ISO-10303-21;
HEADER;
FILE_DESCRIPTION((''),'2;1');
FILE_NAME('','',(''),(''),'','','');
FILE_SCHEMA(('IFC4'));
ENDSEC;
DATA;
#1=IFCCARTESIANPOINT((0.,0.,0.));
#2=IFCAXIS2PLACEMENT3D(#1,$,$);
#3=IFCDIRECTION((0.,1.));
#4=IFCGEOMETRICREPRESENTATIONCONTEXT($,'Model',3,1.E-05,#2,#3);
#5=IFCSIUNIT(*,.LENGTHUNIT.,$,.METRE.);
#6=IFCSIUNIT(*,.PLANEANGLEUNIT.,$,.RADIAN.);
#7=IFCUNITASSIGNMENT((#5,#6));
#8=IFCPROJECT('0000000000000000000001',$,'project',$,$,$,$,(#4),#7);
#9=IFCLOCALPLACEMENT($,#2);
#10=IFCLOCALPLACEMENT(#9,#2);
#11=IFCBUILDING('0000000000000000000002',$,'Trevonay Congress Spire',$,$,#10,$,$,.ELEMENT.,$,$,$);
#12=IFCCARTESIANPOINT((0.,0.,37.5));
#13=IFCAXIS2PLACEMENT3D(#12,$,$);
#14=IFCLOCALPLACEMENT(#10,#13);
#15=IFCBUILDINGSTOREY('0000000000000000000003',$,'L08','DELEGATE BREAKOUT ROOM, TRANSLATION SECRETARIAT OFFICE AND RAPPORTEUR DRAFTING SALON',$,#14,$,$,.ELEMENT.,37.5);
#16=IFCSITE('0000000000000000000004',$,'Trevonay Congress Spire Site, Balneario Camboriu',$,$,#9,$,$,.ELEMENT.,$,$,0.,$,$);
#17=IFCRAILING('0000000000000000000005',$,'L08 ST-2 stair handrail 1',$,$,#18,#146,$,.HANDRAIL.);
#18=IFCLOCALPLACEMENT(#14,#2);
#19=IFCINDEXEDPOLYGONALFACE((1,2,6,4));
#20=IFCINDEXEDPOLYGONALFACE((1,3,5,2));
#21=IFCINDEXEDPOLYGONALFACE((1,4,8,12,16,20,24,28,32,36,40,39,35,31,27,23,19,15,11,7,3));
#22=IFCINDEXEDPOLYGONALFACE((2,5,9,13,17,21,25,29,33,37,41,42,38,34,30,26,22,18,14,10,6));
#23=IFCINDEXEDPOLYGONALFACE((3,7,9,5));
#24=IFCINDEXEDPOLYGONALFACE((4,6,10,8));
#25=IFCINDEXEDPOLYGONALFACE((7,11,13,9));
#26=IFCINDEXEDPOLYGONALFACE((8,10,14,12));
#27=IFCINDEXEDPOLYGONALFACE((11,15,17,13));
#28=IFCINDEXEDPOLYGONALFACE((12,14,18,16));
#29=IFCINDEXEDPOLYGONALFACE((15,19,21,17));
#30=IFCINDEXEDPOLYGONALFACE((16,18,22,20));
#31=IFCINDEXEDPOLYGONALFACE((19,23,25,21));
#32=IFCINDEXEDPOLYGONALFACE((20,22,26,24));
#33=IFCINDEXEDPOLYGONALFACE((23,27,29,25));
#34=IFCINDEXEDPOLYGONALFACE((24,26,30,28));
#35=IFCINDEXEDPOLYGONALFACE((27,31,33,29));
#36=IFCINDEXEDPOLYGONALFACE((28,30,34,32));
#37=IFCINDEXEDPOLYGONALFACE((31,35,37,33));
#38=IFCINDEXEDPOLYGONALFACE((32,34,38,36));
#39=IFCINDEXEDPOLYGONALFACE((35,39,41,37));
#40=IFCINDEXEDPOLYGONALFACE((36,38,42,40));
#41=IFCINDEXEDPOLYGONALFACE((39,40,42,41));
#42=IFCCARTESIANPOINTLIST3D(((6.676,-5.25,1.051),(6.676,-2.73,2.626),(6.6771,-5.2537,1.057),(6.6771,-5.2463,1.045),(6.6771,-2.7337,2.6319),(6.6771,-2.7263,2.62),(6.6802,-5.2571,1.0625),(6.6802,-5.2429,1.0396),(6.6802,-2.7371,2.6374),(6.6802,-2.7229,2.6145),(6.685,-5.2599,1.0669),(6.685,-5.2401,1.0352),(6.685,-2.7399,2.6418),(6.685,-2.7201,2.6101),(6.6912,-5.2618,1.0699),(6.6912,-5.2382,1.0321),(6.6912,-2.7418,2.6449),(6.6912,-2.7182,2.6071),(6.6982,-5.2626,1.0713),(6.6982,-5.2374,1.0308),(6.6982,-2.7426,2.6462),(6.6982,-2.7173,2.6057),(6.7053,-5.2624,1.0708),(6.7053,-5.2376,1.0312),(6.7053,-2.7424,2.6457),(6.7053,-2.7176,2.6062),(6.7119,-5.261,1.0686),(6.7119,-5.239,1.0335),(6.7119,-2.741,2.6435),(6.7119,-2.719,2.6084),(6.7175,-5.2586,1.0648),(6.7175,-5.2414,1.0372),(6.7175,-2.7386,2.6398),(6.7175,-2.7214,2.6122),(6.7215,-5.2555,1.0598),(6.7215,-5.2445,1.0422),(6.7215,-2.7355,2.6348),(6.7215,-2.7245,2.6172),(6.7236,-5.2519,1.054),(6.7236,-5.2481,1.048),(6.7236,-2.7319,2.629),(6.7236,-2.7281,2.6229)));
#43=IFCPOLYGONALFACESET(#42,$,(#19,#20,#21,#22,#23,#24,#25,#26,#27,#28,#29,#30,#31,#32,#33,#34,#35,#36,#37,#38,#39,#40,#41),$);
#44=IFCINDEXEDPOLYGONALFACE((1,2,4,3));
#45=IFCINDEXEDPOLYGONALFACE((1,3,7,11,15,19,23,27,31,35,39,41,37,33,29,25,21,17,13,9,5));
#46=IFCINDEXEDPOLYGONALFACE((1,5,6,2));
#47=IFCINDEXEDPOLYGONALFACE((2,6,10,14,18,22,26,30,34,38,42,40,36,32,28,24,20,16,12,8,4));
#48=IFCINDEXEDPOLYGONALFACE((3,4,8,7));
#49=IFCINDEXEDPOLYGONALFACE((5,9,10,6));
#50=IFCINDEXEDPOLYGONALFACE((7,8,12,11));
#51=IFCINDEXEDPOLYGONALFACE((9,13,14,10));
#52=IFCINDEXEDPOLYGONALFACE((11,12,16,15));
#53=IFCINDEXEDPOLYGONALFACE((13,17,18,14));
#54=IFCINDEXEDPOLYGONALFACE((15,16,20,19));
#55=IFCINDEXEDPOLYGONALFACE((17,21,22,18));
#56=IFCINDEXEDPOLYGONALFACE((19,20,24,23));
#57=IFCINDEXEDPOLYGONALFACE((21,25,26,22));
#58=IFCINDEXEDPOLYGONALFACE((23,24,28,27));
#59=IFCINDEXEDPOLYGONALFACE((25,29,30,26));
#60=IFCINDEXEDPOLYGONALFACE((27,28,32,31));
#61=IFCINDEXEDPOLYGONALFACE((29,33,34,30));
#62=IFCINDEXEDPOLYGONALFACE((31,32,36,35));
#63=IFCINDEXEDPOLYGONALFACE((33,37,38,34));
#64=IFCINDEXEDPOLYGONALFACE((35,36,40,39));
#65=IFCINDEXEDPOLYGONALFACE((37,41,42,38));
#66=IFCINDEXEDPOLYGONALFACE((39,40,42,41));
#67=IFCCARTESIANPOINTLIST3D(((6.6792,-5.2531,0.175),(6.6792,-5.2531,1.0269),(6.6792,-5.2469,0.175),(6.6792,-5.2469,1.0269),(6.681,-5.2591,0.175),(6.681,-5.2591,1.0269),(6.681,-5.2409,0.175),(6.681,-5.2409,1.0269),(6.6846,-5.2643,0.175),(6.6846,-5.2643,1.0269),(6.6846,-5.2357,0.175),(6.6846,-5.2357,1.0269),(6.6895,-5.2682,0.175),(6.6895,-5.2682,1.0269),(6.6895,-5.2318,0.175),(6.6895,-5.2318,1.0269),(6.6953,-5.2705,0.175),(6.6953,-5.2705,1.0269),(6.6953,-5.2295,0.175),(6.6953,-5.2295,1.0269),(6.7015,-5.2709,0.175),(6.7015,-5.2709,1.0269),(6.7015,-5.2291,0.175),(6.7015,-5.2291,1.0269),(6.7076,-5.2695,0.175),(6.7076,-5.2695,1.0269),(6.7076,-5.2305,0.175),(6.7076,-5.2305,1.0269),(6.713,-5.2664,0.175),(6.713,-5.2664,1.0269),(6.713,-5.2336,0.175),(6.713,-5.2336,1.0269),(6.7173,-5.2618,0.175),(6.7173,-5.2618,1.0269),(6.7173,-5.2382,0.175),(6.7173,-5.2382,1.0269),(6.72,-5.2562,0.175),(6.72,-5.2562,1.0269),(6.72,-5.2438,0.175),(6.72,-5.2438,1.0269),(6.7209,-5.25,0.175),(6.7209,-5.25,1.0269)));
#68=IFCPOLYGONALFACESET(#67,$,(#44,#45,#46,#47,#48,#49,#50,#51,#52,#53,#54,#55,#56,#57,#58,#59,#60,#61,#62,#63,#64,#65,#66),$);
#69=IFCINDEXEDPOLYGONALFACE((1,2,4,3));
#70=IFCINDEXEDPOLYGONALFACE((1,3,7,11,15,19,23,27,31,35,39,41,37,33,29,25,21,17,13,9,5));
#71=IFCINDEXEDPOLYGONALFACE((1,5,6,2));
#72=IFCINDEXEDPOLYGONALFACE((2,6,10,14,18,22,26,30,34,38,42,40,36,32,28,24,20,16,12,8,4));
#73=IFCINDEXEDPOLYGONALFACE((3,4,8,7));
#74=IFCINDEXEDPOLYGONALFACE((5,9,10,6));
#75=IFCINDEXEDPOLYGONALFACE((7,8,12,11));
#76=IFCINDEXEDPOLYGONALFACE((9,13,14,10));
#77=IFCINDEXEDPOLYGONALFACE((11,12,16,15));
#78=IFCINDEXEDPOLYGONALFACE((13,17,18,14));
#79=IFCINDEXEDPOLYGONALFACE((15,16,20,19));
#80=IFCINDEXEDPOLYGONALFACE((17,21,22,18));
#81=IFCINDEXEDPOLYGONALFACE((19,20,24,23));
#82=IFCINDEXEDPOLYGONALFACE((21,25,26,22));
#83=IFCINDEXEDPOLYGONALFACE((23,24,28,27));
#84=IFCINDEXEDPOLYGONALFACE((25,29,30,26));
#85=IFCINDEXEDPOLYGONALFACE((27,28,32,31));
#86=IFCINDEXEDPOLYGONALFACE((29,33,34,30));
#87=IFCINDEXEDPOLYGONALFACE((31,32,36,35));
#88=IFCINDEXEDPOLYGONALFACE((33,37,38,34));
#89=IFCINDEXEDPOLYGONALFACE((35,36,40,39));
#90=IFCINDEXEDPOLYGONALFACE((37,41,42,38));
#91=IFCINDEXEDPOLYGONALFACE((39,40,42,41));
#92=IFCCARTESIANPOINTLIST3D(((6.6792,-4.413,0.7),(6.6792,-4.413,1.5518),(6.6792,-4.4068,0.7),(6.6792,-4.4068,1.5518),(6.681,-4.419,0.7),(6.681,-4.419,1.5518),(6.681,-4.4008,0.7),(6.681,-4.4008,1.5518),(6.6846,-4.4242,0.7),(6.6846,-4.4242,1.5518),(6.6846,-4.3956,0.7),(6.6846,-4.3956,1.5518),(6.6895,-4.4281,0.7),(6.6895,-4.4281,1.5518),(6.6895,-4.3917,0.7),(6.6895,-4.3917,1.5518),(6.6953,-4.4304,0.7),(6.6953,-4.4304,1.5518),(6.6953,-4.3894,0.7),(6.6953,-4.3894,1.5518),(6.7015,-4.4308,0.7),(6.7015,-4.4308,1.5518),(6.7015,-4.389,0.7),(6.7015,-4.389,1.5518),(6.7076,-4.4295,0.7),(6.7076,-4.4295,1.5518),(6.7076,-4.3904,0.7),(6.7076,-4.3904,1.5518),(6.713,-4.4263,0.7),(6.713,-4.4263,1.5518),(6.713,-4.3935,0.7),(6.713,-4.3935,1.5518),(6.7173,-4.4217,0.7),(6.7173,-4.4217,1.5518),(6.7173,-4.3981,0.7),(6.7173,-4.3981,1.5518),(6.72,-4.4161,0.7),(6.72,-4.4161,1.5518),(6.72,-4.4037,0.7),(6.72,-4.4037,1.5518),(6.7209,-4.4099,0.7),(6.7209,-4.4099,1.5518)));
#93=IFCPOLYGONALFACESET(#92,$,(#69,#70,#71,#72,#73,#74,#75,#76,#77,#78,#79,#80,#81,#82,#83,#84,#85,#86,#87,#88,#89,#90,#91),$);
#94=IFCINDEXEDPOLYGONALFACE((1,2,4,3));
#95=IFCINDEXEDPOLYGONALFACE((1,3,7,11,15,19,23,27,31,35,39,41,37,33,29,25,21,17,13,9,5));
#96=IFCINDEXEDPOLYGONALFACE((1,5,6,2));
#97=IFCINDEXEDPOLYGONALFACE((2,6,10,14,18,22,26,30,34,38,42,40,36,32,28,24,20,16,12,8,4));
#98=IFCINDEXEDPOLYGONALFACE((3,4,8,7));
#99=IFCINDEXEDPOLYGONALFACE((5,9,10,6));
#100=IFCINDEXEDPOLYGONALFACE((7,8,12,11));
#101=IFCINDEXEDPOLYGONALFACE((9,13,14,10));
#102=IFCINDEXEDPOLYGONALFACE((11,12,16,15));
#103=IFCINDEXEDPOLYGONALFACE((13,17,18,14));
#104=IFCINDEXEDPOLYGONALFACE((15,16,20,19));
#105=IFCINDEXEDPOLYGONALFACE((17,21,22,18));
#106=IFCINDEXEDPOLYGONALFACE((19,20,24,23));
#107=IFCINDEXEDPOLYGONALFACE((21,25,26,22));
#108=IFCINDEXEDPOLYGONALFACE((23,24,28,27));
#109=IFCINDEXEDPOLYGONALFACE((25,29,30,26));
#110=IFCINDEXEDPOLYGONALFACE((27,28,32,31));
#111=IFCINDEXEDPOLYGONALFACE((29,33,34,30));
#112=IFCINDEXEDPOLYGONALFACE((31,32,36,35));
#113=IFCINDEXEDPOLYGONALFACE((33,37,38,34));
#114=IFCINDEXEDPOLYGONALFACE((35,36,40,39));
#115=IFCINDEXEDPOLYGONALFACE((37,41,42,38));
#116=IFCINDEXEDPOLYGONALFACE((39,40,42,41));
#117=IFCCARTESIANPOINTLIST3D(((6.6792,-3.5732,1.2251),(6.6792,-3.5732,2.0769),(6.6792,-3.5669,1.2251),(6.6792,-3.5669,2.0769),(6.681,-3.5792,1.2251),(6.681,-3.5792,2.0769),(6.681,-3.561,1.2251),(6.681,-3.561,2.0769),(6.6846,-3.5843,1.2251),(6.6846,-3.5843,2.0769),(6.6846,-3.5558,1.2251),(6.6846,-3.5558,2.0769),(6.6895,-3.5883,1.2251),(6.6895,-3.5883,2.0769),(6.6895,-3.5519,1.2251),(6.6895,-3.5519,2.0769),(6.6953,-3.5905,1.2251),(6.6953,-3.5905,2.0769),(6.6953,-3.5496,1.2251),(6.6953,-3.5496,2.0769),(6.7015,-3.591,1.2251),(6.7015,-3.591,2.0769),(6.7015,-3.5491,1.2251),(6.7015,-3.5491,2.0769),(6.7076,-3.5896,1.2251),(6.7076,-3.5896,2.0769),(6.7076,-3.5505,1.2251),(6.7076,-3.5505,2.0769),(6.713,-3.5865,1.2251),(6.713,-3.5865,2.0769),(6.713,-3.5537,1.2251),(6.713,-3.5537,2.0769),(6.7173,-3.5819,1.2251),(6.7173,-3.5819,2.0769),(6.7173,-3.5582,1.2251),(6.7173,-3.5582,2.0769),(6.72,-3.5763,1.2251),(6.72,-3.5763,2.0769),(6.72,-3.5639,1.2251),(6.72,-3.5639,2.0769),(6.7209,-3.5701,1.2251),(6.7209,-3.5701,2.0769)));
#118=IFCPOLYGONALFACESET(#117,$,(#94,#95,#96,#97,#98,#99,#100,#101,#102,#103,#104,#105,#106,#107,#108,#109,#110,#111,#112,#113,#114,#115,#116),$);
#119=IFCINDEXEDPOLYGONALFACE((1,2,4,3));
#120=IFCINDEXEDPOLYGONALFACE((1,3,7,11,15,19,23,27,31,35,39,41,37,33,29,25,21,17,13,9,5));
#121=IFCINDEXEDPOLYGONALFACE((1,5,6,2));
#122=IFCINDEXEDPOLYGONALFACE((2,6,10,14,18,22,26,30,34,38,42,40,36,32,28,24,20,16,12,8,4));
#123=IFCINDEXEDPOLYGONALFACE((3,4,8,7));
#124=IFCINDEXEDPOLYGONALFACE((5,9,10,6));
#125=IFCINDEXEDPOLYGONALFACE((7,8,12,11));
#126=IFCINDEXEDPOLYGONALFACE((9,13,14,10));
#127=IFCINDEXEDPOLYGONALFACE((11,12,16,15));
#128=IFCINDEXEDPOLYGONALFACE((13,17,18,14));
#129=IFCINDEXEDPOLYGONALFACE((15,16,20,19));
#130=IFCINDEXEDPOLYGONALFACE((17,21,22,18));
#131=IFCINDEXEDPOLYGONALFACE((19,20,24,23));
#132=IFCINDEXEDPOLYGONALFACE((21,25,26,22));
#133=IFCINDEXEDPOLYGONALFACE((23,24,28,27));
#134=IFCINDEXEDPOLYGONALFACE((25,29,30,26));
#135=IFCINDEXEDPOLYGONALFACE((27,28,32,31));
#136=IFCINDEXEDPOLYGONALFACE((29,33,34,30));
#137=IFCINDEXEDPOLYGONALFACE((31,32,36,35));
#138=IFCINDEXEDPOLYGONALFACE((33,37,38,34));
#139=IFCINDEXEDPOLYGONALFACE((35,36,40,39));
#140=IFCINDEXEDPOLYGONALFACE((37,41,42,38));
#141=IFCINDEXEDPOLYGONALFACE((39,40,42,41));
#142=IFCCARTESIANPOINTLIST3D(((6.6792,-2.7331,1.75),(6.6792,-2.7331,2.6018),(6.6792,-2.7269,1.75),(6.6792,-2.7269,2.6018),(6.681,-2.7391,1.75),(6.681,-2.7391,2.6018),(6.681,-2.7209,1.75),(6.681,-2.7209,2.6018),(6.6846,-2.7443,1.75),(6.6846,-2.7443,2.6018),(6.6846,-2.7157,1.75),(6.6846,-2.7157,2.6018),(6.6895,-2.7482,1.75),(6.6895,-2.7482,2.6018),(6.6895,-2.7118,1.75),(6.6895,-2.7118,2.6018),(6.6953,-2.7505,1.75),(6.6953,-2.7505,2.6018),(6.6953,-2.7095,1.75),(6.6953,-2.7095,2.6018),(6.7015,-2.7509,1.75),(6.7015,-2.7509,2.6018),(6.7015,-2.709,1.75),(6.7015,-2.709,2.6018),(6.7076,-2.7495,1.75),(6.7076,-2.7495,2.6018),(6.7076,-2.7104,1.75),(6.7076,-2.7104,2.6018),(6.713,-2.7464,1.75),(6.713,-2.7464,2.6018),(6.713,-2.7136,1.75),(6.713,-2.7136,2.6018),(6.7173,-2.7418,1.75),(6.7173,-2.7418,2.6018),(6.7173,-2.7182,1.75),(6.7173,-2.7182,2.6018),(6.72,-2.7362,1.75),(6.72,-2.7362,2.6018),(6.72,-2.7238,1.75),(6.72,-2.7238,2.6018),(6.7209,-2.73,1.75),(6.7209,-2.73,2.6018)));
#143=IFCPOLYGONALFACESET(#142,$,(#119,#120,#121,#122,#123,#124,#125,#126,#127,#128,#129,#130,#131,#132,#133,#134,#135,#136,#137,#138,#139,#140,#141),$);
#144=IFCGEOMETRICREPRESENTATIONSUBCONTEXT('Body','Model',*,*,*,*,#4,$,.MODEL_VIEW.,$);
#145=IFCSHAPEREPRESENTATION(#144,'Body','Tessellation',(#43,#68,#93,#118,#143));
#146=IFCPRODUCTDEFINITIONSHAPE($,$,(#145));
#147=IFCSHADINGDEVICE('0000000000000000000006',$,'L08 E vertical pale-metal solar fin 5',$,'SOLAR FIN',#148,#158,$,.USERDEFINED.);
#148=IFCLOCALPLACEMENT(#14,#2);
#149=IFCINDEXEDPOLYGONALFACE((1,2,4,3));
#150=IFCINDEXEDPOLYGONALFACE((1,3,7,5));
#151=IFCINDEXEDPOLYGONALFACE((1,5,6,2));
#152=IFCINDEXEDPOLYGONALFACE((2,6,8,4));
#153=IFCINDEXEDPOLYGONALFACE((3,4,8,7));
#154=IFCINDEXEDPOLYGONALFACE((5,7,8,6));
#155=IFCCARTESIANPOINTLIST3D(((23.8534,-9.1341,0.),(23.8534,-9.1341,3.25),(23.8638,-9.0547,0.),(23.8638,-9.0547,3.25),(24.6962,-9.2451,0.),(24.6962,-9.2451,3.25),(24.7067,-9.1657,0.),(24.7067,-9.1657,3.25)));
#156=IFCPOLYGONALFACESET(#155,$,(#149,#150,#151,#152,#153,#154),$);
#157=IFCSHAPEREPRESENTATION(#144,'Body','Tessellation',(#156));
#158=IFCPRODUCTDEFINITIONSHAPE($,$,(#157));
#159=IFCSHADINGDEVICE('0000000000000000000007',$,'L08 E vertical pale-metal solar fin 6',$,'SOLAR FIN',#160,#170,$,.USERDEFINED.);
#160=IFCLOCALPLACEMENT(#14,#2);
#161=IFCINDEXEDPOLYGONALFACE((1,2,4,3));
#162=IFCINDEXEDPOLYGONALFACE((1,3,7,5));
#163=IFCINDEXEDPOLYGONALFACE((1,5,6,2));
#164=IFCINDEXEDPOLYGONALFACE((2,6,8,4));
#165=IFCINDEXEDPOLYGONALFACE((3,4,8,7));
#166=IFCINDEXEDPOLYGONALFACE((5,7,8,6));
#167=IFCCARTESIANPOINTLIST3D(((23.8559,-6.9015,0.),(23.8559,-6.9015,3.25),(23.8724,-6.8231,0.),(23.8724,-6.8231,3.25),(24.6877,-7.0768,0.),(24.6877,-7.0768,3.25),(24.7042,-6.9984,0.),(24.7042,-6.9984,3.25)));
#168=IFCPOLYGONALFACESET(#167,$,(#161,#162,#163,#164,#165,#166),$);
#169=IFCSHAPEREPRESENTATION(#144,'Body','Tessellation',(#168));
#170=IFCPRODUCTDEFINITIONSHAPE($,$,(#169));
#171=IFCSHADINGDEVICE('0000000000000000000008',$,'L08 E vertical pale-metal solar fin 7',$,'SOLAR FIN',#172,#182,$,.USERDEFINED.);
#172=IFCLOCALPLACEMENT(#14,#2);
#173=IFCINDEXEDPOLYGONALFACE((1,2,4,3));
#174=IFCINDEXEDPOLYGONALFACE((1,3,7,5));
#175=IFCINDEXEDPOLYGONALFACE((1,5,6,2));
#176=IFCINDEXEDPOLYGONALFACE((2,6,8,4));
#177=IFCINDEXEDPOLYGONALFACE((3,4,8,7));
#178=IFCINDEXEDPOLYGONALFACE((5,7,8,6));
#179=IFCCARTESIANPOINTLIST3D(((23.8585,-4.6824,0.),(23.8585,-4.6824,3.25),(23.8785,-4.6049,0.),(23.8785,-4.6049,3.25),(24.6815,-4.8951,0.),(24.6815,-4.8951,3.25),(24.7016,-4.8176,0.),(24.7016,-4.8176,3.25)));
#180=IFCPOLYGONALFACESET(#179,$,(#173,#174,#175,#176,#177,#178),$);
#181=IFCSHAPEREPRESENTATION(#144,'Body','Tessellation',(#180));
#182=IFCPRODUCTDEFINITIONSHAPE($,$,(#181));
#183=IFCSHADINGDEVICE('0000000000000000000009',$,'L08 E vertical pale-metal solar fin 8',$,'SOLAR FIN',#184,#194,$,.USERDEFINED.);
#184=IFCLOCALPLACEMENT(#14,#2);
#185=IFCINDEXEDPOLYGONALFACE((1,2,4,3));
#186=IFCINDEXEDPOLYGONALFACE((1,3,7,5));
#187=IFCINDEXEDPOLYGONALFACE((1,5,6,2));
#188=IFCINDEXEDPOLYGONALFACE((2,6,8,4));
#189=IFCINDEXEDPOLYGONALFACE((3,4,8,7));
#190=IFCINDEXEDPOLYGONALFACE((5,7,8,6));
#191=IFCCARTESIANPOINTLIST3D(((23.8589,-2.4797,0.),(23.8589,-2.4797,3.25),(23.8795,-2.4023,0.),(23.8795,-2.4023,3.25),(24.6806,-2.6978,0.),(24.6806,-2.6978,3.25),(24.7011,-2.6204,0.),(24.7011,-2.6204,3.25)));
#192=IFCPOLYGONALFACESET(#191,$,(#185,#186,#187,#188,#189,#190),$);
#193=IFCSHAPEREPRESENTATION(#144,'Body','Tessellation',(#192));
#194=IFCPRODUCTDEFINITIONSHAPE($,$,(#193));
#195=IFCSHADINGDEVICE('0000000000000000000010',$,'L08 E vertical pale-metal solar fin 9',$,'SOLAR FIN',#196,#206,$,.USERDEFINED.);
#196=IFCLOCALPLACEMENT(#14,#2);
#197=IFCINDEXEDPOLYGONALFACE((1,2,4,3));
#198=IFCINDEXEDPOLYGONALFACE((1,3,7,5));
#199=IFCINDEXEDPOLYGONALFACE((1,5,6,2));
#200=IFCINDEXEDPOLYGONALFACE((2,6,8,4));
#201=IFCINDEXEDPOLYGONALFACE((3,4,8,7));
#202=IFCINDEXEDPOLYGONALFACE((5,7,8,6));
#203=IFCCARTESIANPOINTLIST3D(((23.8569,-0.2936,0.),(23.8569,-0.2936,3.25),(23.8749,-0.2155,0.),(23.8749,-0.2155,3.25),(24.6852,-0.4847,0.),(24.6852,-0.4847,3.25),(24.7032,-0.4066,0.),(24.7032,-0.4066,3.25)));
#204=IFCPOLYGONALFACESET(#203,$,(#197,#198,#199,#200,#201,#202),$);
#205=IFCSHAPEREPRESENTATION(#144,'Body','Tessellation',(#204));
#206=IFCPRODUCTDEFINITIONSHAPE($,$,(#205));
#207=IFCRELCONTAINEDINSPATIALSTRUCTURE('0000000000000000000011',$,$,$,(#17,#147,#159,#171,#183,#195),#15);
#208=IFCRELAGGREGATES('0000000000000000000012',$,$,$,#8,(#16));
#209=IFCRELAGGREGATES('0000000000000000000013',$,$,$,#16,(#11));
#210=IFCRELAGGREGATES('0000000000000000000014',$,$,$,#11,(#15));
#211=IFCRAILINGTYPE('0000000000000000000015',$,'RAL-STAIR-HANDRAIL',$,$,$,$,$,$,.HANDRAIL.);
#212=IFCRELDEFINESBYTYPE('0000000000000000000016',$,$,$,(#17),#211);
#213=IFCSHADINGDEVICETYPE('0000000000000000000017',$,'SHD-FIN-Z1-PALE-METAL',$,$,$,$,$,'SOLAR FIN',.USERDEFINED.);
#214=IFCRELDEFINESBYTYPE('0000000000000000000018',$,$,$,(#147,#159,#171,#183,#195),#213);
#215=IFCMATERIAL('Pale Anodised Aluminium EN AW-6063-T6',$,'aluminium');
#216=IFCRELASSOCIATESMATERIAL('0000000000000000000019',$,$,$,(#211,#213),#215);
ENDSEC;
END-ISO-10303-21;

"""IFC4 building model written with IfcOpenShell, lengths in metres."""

from ifc_helpers import new_model, si_unit, direction, frame, origin, origin_2d, place, context, subcontext, project, spatial, rectangle, circle, extrude, material, type_object, element, save


model = new_model("IFC4")

# Units and contexts
model_context = context("Model", 3, precision=1e-05, world=origin(), true_north=direction((0.0, 1.0)))
body_context = subcontext(model_context, "Body", "Model", "MODEL_VIEW")
ifc_project = project(units=[si_unit("LENGTHUNIT", "METRE"), si_unit("PLANEANGLEUNIT", "RADIAN")], contexts=[model_context])

# Site, building, storey
site_placement = place(None, origin())
site = spatial("IfcSite", under=ifc_project, at=site_placement, Name="Trevonay Congress Spire Site, Balneario Camboriu", CompositionType="ELEMENT", RefElevation=0.0)
building_placement = place(site_placement, origin())
building = spatial("IfcBuilding", under=site, at=building_placement, Name="Trevonay Congress Spire", CompositionType="ELEMENT")
storey_placement = place(building_placement, frame((0.0, 0.0, 37.5)))
storey = spatial("IfcBuildingStorey", under=building, at=storey_placement, Name="L08", Description="DELEGATE BREAKOUT ROOM, TRANSLATION SECRETARIAT OFFICE AND RAPPORTEUR DRAFTING SALON", CompositionType="ELEMENT", Elevation=37.5)

# Shared definitions
ifc_material_1 = material(Name="Pale Anodised Aluminium EN AW-6063-T6", Category="aluminium")

# Railing
railing_type = type_object("IfcRailingType", Name="RAL-STAIR-HANDRAIL", PredefinedType="HANDRAIL", material=ifc_material_1)
railing_placement = place(storey_placement, frame((6.7, -5.25, 0.175)))
element("IfcRailing", 1, at=railing_placement, inside=storey, type_object=railing_type, Name="L08 ST-2 stair handrail 1", PredefinedType="HANDRAIL", context=body_context, shape_type="SweptSolid", body=[
    extrude(circle(Radius=0.0239, at=origin_2d()), frame((0.0, 0.0, 0.876), z_axis=(0.0, 0.848008, 0.529984), x_axis=(-1.0, 0.0, 0.0)), (0.0, 0.0, 1.0), 2.9717),
    extrude(circle(Radius=0.021, at=origin_2d()), origin(), (0.0, 0.0, 1.0), 0.8518),
    extrude(circle(Radius=0.021, at=origin_2d()), frame((0.0, 0.8401, 0.5249)), (0.0, 0.0, 1.0), 0.8518),
    extrude(circle(Radius=0.021, at=origin_2d()), frame((0.0, 1.6799, 1.05)), (0.0, 0.0, 1.0), 0.8518),
    extrude(circle(Radius=0.021, at=origin_2d()), frame((0.0, 2.52, 1.575)), (0.0, 0.0, 1.0), 0.8518),
])

# Shading devices
shading_device_type = type_object("IfcShadingDeviceType", Name="SHD-FIN-Z1-PALE-METAL", ElementType="SOLAR FIN", PredefinedType="USERDEFINED", material=ifc_material_1)
for number, where, z_axis, x_axis, name in (
    (2, (24.28, -9.1499, 0.0), (0.0, 0.0, 1.0), (0.130526, 0.991445, 0.0), "L08 E vertical pale-metal solar fin 5"),
    (3, (24.28, -6.95, 0.0), (0.0, 0.0, 1.0), (0.206204, 0.978509, 0.0), "L08 E vertical pale-metal solar fin 6"),
    (4, (24.28, -4.75, 0.0), (0.0, 0.0, 1.0), (0.250211, 0.968191, 0.0), "L08 E vertical pale-metal solar fin 7"),
    (5, (24.28, -2.55, 0.0), (0.0, 0.0, 1.0), (0.256627, 0.966511, 0.0), "L08 E vertical pale-metal solar fin 8"),
    (6, (24.28, -0.3501, 0.0), (0.0, 0.0, 1.0), (0.224781, 0.974409, 0.0), "L08 E vertical pale-metal solar fin 9"),
):
    element("IfcShadingDevice", number, at=place(storey_placement, frame(where, z_axis=z_axis, x_axis=x_axis)), inside=storey, type_object=shading_device_type, Name=name, ObjectType="SOLAR FIN", PredefinedType="USERDEFINED", context=body_context, shape_type="SweptSolid", body=[
        extrude(rectangle(XDim=0.0801, YDim=0.8501, at=origin_2d()), origin(), (0.0, 0.0, 1.0), 3.25),
    ])

save(model, "model.ifc")
